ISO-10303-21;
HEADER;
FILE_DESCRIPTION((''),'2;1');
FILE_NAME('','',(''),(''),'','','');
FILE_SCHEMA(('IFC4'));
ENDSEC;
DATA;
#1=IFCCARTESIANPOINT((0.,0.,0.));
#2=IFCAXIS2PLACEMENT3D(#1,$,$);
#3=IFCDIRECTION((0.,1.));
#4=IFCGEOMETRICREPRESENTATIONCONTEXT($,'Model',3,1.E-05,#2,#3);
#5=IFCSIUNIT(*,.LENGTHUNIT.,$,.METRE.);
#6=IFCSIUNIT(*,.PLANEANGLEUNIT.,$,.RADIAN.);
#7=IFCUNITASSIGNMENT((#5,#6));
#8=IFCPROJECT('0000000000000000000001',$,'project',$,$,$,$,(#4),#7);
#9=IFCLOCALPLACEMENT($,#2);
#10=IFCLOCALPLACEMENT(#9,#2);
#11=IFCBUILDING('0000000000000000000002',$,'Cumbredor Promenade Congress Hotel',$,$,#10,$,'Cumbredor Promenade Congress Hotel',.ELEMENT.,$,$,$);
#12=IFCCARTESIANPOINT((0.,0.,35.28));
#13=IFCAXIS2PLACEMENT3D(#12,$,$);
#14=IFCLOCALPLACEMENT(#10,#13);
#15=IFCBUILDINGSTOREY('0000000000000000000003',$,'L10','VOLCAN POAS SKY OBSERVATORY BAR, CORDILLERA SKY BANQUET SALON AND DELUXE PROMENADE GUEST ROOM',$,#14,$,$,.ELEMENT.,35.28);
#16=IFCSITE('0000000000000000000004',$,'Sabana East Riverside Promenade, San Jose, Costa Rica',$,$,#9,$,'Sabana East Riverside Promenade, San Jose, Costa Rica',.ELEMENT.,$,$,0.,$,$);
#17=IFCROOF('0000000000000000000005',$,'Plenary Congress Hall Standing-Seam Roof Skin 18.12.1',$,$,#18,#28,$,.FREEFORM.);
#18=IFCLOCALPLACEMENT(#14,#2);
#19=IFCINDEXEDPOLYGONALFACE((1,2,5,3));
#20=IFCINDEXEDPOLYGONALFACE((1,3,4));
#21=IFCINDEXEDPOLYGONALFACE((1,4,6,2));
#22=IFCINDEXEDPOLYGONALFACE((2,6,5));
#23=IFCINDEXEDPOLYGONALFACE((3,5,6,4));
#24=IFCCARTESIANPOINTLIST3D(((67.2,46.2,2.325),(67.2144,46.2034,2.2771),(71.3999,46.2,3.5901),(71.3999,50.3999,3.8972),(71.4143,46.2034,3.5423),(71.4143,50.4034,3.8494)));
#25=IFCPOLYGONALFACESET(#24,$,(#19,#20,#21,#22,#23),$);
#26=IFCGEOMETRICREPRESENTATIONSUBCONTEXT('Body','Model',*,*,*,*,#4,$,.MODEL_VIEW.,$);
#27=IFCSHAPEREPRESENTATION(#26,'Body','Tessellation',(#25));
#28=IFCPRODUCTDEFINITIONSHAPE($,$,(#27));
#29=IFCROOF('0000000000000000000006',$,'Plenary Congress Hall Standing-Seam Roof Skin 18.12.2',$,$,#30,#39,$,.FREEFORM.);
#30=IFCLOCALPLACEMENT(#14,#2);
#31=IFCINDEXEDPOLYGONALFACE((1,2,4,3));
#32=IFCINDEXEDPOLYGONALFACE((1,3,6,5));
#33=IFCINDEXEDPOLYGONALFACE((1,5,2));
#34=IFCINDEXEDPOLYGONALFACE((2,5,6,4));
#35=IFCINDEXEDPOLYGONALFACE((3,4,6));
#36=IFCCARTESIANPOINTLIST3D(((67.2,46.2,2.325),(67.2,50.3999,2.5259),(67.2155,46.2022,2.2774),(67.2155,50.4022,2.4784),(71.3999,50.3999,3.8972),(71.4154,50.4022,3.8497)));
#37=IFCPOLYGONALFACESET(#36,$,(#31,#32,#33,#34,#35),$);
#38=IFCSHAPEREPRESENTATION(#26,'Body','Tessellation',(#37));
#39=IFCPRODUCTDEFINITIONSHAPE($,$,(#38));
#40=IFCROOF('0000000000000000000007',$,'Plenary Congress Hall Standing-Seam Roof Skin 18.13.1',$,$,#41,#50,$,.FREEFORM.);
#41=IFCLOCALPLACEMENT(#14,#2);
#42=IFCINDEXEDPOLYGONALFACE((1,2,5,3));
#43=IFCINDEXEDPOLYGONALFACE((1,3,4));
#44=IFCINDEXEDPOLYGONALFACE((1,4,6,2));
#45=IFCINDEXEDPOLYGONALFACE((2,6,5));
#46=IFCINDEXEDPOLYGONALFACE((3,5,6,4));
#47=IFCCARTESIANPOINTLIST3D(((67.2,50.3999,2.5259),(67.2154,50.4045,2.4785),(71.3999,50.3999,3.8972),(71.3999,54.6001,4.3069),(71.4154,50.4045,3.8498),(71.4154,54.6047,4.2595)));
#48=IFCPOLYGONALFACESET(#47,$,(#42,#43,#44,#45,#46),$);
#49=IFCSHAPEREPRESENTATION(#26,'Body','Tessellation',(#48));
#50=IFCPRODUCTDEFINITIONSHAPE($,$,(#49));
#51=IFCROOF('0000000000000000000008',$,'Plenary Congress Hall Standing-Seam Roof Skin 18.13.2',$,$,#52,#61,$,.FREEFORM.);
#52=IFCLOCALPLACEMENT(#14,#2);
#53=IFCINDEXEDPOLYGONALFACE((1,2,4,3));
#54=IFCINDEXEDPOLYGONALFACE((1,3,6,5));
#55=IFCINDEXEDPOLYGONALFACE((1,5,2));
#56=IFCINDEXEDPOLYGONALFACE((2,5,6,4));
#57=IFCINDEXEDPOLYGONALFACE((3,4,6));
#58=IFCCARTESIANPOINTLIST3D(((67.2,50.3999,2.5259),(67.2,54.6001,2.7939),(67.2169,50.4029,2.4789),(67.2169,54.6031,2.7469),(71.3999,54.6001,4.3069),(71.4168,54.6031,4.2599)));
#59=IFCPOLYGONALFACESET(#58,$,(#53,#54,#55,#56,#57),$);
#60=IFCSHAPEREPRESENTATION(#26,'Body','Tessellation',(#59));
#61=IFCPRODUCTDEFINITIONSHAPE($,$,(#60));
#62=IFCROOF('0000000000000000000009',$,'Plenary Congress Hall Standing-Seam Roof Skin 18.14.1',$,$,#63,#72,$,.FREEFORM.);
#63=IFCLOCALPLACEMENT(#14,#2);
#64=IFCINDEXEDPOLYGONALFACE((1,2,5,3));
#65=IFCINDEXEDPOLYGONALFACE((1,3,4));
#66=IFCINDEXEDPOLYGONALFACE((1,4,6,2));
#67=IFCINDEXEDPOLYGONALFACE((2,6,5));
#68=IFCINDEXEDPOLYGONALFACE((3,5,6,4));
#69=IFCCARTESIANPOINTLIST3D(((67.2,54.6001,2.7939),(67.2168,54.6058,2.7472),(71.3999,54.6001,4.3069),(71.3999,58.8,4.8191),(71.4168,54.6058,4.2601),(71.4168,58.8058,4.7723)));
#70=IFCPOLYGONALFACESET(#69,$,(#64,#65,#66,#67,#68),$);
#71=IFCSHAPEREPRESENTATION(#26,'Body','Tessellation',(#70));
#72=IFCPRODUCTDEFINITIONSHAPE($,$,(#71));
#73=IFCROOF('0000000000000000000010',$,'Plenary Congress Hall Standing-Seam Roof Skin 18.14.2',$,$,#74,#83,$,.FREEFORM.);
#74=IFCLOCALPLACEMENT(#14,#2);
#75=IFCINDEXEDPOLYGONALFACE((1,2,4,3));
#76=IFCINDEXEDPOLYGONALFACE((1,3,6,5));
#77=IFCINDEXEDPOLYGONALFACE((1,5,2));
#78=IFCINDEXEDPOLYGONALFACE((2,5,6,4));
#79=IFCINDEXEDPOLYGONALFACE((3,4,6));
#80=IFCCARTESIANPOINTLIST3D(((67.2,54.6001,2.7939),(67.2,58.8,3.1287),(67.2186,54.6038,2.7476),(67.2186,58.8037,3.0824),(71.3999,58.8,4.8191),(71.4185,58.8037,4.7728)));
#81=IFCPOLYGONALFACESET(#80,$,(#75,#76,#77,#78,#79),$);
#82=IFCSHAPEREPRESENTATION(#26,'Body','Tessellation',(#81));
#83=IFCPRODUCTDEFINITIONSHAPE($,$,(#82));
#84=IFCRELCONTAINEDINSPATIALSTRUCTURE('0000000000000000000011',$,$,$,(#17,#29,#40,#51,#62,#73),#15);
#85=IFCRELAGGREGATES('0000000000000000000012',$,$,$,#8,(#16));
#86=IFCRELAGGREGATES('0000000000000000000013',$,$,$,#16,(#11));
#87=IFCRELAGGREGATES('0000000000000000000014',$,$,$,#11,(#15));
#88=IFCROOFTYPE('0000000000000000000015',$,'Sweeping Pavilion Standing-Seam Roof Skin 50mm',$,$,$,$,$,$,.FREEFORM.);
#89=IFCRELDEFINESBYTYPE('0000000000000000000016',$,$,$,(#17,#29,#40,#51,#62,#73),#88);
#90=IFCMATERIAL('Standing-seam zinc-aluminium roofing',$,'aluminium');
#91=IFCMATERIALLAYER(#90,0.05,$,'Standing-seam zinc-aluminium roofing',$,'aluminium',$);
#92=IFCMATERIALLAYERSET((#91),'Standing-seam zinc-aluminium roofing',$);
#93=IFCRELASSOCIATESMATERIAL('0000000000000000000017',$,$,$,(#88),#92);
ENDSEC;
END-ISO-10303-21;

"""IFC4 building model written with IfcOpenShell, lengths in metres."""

from ifc_helpers import new_model, si_unit, direction, frame, origin, place, context, subcontext, project, spatial, polyline, outline, extrude, material, layer, layer_set, type_object, element, save


model = new_model("IFC4")

# Units and contexts
model_context = context("Model", 3, precision=1e-05, world=origin(), true_north=direction((0.0, 1.0)))
body_context = subcontext(model_context, "Body", "Model", "MODEL_VIEW")
ifc_project = project(units=[si_unit("LENGTHUNIT", "METRE"), si_unit("PLANEANGLEUNIT", "RADIAN")], contexts=[model_context])

# Site, building, storey
site_placement = place(None, origin())
site = spatial("IfcSite", under=ifc_project, at=site_placement, Name="Sabana East Riverside Promenade, San Jose, Costa Rica", LongName="Sabana East Riverside Promenade, San Jose, Costa Rica", CompositionType="ELEMENT", RefElevation=0.0)
building_placement = place(site_placement, origin())
building = spatial("IfcBuilding", under=site, at=building_placement, Name="Cumbredor Promenade Congress Hotel", LongName="Cumbredor Promenade Congress Hotel", CompositionType="ELEMENT")
storey_placement = place(building_placement, frame((0.0, 0.0, 35.28)))
storey = spatial("IfcBuildingStorey", under=building, at=storey_placement, Name="L10", Description="VOLCAN POAS SKY OBSERVATORY BAR, CORDILLERA SKY BANQUET SALON AND DELUXE PROMENADE GUEST ROOM", CompositionType="ELEMENT", Elevation=35.28)

# Roofs
ifc_material_1 = material(Name="Standing-seam zinc-aluminium roofing", Category="aluminium")
ifc_layer_1 = layer(ifc_material_1, 0.05, Name="Standing-seam zinc-aluminium roofing", Category="aluminium")
ifc_layer_set_1 = layer_set([ifc_layer_1], Name="Standing-seam zinc-aluminium roofing")
roof_type = type_object("IfcRoofType", Name="Sweeping Pavilion Standing-Seam Roof Skin 50mm", PredefinedType="FREEFORM", material=ifc_layer_set_1)
roof_1_placement = place(storey_placement, frame((67.2, 46.2, 2.325), z_axis=(-0.287721, -0.069848, 0.955164), x_axis=(0.957502, 0.0, 0.288425)))
element("IfcRoof", 1, at=roof_1_placement, inside=storey, type_object=roof_type, Name="Plenary Congress Hall Standing-Seam Roof Skin 18.12.1", PredefinedType="FREEFORM", context=body_context, shape_type="SweptSolid", body=[
    extrude(outline(polyline([(0.0, 0.0), (4.3864, 0.0), (4.4749, 4.2102), (0.0, 0.0)])), origin(), (0.0, 0.0, -1.0), 0.05),
])
roof_2_placement = place(storey_placement, frame((67.2, 46.2, 2.325), z_axis=(-0.310066, -0.045431, 0.949629), x_axis=(0.683564, 0.683564, 0.255894)))
element("IfcRoof", 2, at=roof_2_placement, inside=storey, type_object=roof_type, Name="Plenary Congress Hall Standing-Seam Roof Skin 18.12.2", PredefinedType="FREEFORM", context=body_context, shape_type="SweptSolid", body=[
    extrude(outline(polyline([(0.0, 0.0), (6.1442, 0.0), (2.9223, 3.0232), (0.0, 0.0)])), origin(), (0.0, 0.0, -1.0), 0.05),
])
roof_3_placement = place(storey_placement, frame((67.2, 50.3999, 2.5259), z_axis=(-0.309061, -0.092322, 0.946551), x_axis=(0.95061, 0.0, 0.310386)))
element("IfcRoof", 3, at=roof_3_placement, inside=storey, type_object=roof_type, Name="Plenary Congress Hall Standing-Seam Roof Skin 18.13.1", PredefinedType="FREEFORM", context=body_context, shape_type="SweptSolid", body=[
    extrude(outline(polyline([(0.0, 0.0), (4.4182, 0.0), (4.5453, 4.2182), (0.0, 0.0)])), origin(), (0.0, 0.0, -1.0), 0.05),
])
roof_4_placement = place(storey_placement, frame((67.2, 50.3999, 2.5259), z_axis=(-0.3383, -0.059937, 0.939128), x_axis=(0.677295, 0.677334, 0.28721)))
element("IfcRoof", 4, at=roof_4_placement, inside=storey, type_object=roof_type, Name="Plenary Congress Hall Standing-Seam Roof Skin 18.13.2", PredefinedType="FREEFORM", context=body_context, shape_type="SweptSolid", body=[
    extrude(outline(polyline([(0.0, 0.0), (6.2011, 0.0), (2.9219, 3.0292), (0.0, 0.0)])), origin(), (0.0, 0.0, -1.0), 0.05),
])
roof_5_placement = place(storey_placement, frame((67.2, 54.6001, 2.7939), z_axis=(-0.3367, -0.11399, 0.934687), x_axis=(0.940819, 0.0, 0.338909)))
element("IfcRoof", 5, at=roof_5_placement, inside=storey, type_object=roof_type, Name="Plenary Congress Hall Standing-Seam Roof Skin 18.14.1", PredefinedType="FREEFORM", context=body_context, shape_type="SweptSolid", body=[
    extrude(outline(polyline([(0.0, 0.0), (4.4641, 0.0), (4.6377, 4.2275), (0.0, 0.0)])), origin(), (0.0, 0.0, -1.0), 0.05),
])
roof_6_placement = place(storey_placement, frame((67.2, 54.6001, 2.7939), z_axis=(-0.372363, -0.07373, 0.925154), x_axis=(0.669274, 0.669274, 0.322713)))
element("IfcRoof", 6, at=roof_6_placement, inside=storey, type_object=roof_type, Name="Plenary Congress Hall Standing-Seam Roof Skin 18.14.2", PredefinedType="FREEFORM", context=body_context, shape_type="SweptSolid", body=[
    extrude(outline(polyline([(0.0, 0.0), (6.2754, 0.0), (2.9189, 3.0383), (0.0, 0.0)])), origin(), (0.0, 0.0, -1.0), 0.05),
])

save(model, "model.ifc")
